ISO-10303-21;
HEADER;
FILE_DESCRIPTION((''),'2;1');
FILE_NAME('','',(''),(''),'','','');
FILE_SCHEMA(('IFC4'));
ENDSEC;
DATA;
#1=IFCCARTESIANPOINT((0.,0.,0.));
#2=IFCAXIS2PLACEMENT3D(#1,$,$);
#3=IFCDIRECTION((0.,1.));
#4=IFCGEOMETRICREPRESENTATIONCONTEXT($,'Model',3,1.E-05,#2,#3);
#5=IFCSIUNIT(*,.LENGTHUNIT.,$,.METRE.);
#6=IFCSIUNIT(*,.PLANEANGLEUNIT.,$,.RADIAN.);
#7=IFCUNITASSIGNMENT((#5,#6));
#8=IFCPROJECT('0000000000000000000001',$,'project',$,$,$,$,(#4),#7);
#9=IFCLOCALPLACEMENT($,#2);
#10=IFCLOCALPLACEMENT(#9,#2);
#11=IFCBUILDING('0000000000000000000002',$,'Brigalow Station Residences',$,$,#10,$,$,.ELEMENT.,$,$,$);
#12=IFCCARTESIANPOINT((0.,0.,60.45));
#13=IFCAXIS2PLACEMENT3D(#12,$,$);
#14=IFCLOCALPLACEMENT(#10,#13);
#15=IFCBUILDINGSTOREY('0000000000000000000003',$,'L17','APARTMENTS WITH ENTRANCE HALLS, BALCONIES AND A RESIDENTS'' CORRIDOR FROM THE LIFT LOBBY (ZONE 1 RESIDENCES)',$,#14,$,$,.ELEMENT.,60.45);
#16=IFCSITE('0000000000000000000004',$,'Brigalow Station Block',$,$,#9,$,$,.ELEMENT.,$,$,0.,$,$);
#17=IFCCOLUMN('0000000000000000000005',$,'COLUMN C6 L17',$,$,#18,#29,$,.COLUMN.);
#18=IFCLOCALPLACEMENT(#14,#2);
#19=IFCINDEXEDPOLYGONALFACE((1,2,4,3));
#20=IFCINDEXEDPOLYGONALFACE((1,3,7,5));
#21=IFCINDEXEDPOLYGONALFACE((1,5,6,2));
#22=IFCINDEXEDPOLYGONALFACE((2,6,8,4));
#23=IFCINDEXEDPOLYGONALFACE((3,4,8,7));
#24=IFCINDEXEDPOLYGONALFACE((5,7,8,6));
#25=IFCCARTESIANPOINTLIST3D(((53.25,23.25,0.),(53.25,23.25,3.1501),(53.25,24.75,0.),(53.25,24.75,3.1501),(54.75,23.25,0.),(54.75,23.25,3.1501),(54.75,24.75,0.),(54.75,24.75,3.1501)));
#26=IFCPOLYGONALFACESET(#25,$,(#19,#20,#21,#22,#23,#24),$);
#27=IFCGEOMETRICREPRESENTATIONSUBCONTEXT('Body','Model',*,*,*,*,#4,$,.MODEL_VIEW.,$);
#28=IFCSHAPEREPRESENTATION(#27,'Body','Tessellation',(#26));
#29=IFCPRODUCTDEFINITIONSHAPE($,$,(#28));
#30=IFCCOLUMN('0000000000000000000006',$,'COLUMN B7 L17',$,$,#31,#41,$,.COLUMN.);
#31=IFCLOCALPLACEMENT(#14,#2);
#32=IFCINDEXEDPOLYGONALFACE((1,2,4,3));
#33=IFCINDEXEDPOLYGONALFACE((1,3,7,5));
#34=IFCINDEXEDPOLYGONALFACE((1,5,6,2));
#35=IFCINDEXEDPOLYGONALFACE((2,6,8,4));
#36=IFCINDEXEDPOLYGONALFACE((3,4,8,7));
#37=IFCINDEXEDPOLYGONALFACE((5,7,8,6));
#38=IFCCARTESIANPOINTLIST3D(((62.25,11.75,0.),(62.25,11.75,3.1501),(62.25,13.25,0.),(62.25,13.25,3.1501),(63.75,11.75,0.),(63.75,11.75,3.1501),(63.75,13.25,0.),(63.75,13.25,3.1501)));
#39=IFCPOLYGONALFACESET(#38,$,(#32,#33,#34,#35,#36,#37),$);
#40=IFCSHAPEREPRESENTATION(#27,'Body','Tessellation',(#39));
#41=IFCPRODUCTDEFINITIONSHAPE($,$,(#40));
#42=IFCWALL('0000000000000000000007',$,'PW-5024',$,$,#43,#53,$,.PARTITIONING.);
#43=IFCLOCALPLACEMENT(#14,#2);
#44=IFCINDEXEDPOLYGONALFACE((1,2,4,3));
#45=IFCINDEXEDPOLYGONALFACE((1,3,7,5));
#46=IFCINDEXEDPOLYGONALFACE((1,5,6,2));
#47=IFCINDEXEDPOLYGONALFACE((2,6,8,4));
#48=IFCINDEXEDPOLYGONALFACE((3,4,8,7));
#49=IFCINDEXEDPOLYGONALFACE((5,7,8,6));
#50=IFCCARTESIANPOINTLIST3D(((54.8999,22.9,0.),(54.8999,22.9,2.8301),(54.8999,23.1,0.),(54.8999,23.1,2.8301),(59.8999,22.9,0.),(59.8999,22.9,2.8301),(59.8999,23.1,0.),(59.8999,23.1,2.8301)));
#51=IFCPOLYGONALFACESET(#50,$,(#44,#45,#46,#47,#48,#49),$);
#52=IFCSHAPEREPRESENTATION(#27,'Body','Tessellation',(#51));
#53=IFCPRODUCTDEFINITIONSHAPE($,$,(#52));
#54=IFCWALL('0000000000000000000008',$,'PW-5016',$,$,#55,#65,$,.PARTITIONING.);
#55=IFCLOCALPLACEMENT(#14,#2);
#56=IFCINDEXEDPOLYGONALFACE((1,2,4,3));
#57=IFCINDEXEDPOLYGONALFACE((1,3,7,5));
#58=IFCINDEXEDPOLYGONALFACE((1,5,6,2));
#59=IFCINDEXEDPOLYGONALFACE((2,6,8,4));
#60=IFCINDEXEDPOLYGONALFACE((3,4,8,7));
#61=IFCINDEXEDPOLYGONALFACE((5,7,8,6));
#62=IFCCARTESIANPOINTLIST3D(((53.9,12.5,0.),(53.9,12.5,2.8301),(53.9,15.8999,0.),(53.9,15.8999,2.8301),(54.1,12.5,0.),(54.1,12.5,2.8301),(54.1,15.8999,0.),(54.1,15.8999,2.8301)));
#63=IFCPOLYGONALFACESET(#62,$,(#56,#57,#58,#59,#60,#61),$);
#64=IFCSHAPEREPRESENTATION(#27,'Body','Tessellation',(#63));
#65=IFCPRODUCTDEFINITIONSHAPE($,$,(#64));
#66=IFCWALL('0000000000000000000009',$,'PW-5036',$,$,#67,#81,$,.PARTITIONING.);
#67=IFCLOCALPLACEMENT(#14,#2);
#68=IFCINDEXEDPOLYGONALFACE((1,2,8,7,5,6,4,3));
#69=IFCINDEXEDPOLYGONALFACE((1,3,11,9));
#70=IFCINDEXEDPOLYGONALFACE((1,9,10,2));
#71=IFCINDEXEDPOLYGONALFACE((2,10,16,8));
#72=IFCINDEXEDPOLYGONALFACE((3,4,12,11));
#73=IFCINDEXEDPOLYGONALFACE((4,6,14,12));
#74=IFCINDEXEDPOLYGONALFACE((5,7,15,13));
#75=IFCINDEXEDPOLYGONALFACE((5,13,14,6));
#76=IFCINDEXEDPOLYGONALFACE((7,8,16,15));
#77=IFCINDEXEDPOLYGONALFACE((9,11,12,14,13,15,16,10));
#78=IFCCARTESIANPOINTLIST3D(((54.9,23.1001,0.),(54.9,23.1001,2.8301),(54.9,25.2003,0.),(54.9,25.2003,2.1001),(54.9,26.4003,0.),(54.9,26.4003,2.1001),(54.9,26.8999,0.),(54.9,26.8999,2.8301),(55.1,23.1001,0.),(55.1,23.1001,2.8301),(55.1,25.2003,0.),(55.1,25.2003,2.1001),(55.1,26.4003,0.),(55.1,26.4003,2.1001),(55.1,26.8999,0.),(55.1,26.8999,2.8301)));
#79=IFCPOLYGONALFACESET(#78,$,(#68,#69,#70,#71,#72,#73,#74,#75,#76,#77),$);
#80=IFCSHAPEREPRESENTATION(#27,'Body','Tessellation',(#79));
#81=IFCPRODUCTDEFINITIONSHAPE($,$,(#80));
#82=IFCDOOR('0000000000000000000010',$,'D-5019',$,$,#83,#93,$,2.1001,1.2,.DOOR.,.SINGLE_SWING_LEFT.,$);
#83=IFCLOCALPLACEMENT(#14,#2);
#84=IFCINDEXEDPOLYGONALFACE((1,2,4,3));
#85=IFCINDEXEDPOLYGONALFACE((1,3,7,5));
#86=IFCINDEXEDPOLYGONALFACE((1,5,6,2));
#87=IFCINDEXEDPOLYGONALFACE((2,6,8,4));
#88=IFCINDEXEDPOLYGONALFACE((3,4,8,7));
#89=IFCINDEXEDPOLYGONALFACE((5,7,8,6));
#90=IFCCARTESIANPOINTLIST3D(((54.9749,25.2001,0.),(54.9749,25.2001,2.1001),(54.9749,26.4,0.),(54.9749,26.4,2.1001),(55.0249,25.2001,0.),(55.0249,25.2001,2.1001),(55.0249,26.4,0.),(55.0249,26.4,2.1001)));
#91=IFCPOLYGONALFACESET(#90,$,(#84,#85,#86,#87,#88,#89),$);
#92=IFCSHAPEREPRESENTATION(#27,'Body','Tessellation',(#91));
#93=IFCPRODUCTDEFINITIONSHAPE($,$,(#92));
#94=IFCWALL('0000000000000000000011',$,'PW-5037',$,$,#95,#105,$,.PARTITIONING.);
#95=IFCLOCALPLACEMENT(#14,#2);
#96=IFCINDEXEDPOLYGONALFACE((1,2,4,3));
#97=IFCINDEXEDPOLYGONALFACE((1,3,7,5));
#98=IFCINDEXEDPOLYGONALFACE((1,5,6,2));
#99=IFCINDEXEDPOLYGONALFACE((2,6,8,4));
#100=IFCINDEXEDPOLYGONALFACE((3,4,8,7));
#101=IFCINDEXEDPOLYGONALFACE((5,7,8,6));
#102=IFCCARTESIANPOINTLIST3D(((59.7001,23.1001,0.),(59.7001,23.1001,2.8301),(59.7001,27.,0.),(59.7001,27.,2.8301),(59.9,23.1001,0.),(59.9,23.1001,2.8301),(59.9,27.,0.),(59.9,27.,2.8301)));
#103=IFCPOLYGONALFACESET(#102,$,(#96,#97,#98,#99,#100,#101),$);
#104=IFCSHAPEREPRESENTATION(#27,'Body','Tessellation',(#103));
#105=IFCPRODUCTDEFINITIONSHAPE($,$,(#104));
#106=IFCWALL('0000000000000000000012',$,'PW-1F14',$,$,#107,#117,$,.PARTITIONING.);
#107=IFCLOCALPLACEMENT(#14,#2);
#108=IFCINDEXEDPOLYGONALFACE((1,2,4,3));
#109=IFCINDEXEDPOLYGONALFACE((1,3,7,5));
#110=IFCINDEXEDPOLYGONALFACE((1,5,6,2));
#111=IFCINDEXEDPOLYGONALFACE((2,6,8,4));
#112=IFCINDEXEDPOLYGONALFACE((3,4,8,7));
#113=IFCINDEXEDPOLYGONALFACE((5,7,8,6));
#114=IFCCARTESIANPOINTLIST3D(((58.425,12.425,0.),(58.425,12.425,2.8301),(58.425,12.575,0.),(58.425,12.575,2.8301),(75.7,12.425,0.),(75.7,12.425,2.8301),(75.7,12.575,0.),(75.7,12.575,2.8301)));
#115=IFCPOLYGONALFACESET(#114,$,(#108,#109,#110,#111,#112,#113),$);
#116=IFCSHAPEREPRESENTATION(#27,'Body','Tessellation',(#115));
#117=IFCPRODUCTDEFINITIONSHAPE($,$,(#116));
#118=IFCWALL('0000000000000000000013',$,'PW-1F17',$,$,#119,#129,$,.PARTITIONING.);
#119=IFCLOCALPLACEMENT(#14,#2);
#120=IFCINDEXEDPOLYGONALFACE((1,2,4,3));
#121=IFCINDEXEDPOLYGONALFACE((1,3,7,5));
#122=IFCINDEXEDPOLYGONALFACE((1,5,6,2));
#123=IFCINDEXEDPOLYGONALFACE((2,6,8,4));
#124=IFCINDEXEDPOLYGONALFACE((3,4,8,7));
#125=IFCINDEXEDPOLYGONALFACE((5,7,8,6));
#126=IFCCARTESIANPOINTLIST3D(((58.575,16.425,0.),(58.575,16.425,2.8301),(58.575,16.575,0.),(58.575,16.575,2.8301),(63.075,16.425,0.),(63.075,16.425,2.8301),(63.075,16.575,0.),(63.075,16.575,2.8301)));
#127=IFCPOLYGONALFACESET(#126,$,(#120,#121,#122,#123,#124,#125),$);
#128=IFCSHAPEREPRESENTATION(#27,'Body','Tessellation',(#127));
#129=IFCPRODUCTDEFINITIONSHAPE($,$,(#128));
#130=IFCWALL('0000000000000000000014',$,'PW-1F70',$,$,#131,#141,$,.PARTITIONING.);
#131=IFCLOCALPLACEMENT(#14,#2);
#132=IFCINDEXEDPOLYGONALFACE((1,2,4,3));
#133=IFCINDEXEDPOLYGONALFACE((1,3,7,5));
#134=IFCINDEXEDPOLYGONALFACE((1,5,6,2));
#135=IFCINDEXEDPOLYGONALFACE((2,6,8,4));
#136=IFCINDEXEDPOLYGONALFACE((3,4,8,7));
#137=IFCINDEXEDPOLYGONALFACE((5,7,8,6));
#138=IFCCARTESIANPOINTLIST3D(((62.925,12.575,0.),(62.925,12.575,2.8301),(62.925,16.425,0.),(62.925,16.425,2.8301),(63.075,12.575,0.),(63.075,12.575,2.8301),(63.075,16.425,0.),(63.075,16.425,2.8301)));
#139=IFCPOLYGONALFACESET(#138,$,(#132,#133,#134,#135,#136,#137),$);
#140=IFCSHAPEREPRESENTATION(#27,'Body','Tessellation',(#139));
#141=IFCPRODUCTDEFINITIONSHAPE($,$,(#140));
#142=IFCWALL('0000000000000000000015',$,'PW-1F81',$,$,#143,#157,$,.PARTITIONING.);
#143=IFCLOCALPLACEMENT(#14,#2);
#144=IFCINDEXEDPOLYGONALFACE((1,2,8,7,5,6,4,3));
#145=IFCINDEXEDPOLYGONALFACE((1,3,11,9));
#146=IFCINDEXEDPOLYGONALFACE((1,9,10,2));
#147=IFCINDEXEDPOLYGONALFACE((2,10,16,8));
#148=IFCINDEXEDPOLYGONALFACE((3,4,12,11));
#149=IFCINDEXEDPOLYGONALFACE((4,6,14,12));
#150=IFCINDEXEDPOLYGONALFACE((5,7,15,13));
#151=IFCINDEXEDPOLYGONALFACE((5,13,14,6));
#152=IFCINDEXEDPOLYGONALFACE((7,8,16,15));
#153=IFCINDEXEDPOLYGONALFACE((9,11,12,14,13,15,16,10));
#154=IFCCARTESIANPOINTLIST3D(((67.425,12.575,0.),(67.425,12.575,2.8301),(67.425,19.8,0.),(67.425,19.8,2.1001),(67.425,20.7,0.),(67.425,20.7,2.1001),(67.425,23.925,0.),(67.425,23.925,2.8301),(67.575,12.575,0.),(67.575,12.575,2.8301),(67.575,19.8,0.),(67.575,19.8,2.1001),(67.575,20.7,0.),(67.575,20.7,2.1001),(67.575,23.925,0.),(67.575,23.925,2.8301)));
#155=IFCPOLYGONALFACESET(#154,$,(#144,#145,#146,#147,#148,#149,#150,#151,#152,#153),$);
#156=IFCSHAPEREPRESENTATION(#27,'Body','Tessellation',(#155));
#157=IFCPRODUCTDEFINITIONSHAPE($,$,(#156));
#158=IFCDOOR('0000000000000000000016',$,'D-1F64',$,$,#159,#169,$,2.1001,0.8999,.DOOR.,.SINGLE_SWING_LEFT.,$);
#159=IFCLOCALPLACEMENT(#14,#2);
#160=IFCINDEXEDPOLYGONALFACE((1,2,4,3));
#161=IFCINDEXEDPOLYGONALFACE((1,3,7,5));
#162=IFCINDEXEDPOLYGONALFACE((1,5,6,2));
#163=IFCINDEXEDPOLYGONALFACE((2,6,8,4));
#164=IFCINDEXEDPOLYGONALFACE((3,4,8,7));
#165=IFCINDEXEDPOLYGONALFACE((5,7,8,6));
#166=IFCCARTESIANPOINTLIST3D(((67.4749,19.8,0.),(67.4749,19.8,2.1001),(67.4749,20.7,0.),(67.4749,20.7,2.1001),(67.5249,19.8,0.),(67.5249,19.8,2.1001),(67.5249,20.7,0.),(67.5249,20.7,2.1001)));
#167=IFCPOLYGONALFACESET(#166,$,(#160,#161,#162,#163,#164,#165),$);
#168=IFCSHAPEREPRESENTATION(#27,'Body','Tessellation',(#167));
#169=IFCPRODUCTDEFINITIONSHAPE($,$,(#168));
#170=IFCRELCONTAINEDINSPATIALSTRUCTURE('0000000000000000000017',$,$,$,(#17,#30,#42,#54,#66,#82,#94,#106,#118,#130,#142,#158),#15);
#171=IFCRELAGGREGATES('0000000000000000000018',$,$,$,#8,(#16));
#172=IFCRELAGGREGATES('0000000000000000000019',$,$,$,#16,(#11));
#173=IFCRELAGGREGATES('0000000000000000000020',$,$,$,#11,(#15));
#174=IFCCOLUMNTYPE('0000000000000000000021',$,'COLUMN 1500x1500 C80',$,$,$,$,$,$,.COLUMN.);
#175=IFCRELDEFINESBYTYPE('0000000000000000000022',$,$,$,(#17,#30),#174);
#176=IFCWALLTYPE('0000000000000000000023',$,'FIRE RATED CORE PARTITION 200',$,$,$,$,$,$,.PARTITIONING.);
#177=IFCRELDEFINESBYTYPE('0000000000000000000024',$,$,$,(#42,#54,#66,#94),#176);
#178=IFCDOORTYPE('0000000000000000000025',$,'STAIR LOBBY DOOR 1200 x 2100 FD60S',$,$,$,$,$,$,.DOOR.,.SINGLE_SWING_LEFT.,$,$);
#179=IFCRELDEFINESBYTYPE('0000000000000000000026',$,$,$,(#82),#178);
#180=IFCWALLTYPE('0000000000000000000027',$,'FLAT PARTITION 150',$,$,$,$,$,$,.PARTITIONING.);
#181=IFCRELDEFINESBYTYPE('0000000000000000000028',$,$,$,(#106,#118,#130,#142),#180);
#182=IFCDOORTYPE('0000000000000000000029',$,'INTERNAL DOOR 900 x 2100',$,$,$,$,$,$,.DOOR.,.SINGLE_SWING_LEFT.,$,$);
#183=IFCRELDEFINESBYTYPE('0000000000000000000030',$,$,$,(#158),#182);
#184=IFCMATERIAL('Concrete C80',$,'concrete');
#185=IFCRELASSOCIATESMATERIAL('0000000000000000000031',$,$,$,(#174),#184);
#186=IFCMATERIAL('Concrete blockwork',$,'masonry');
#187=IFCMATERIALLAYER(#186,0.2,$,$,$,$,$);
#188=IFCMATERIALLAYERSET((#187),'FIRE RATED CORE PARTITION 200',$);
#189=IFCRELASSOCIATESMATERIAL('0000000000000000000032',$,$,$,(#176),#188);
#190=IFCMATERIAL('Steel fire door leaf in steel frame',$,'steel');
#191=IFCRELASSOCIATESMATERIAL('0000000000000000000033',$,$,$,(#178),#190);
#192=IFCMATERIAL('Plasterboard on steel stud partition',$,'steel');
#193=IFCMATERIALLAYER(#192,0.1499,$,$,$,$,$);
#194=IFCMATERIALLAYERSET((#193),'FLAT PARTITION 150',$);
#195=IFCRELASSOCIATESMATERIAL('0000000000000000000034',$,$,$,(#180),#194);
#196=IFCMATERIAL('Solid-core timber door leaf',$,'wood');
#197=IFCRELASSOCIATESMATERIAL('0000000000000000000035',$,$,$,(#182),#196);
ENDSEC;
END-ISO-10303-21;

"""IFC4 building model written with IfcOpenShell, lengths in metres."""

from ifc_helpers import new_model, si_unit, direction, frame, frame_2d, origin, origin_2d, place, context, subcontext, project, spatial, rectangle, extrude, material, layer, layer_set, material_profile, profile_set, type_object, element, fill, save


model = new_model("IFC4")

# Units and contexts
model_context = context("Model", 3, precision=1e-05, world=origin(), true_north=direction((0.0, 1.0)))
body_context = subcontext(model_context, "Body", "Model", "MODEL_VIEW")
ifc_project = project(units=[si_unit("LENGTHUNIT", "METRE"), si_unit("PLANEANGLEUNIT", "RADIAN")], contexts=[model_context])

# Site, building, storey
site_placement = place(None, origin())
site = spatial("IfcSite", under=ifc_project, at=site_placement, Name="Brigalow Station Block", CompositionType="ELEMENT", RefElevation=0.0)
building_placement = place(site_placement, origin())
building = spatial("IfcBuilding", under=site, at=building_placement, Name="Brigalow Station Residences", CompositionType="ELEMENT")
storey_placement = place(building_placement, frame((0.0, 0.0, 60.45)))
storey = spatial("IfcBuildingStorey", under=building, at=storey_placement, Name="L17", Description="APARTMENTS WITH ENTRANCE HALLS, BALCONIES AND A RESIDENTS' CORRIDOR FROM THE LIFT LOBBY (ZONE 1 RESIDENCES)", CompositionType="ELEMENT", Elevation=60.45)

# Columns
ifc_material_1 = material(Name="Concrete C80", Category="concrete")
ifc_material_profile = material_profile(ifc_material_1, rectangle(XDim=1.5, YDim=1.5, at=origin_2d()), Name="RC1500x1500")
ifc_profile_set = profile_set([ifc_material_profile], Name="Concrete C80")
column_type = type_object("IfcColumnType", Name="COLUMN 1500x1500 C80", PredefinedType="COLUMN", material=ifc_profile_set)
for number, where, z_axis, x_axis, name in (
    (1, (54.0, 24.0, 0.0), (0.0, 0.0, 1.0), (1.0, 0.0, 0.0), "COLUMN C6 L17"),
    (2, (63.0, 12.5, 0.0), (0.0, 0.0, 1.0), (1.0, 0.0, 0.0), "COLUMN B7 L17"),
):
    element("IfcColumn", number, at=place(storey_placement, frame(where, z_axis=z_axis, x_axis=x_axis)), inside=storey, type_object=column_type, Name=name, PredefinedType="COLUMN", context=body_context, shape_type="SweptSolid", body=[
        extrude(rectangle(XDim=1.5, YDim=1.5, at=origin_2d()), origin(), (0.0, 0.0, 1.0), 3.1501),
    ])

# Walls
ifc_material_2 = material(Name="Concrete blockwork", Category="masonry")
ifc_layer_1 = layer(ifc_material_2, 0.2)
ifc_layer_set_1 = layer_set([ifc_layer_1], Name="FIRE RATED CORE PARTITION 200")
wall_type_1 = type_object("IfcWallType", Name="FIRE RATED CORE PARTITION 200", PredefinedType="PARTITIONING", material=ifc_layer_set_1)
wall_1_placement = place(storey_placement, frame((54.8999, 23.0, 0.0), z_axis=(0.0, 0.0, 1.0), x_axis=(1.0, 0.0, 0.0)))
element("IfcWall", 3, at=wall_1_placement, inside=storey, type_object=wall_type_1, Name="PW-5024", PredefinedType="PARTITIONING", context=body_context, shape_type="SweptSolid", body=[
    extrude(rectangle(XDim=5.0, YDim=0.2, at=frame_2d((2.5, 0.0))), origin(), (0.0, 0.0, 1.0), 2.8301),
])
wall_2_placement = place(storey_placement, frame((54.0, 12.5, 0.0), z_axis=(0.0, 0.0, 1.0), x_axis=(0.0, 1.0, 0.0)))
element("IfcWall", 4, at=wall_2_placement, inside=storey, type_object=wall_type_1, Name="PW-5016", PredefinedType="PARTITIONING", context=body_context, shape_type="SweptSolid", body=[
    extrude(rectangle(XDim=3.3999, YDim=0.2, at=frame_2d((1.7, 0.0))), origin(), (0.0, 0.0, 1.0), 2.8301),
])

# Wall, opening, door
wall_3_placement = place(storey_placement, frame((55.0, 23.1001, 0.0), z_axis=(0.0, 0.0, 1.0), x_axis=(0.0, 1.0, 0.0)))
wall_3 = element("IfcWall", 5, at=wall_3_placement, inside=storey, type_object=wall_type_1, Name="PW-5036", PredefinedType="PARTITIONING", context=body_context, shape_type="SweptSolid", body=[
    extrude(rectangle(XDim=3.7998, YDim=0.2, at=frame_2d((1.8999, 0.0))), origin(), (0.0, 0.0, 1.0), 2.8301),
])
opening_1_placement = place(wall_3_placement, frame((2.1001, 0.0, 0.0)))
opening_1 = element("IfcOpeningElement", 6, at=opening_1_placement, cuts=wall_3, PredefinedType="OPENING", context=body_context, shape_type="SweptSolid", body=[
    extrude(rectangle(XDim=1.2, YDim=2.1001, at=frame_2d((0.6001, 1.05))), frame((0.0, 0.1099, 0.0), z_axis=(0.0, -1.0, 0.0), x_axis=(1.0, 0.0, 0.0)), (0.0, 0.0, 1.0), 0.22),
])
ifc_material_3 = material(Name="Steel fire door leaf in steel frame", Category="steel")
door_type_1 = type_object("IfcDoorType", Name="STAIR LOBBY DOOR 1200 x 2100 FD60S", OperationType="SINGLE_SWING_LEFT", PredefinedType="DOOR", material=ifc_material_3)
door_1_placement = place(opening_1_placement, frame((1.2, 0.0, 0.0), z_axis=(0.0, 0.0, 1.0), x_axis=(-1.0, 0.0, 0.0)))
door_1 = element("IfcDoor", 7, at=door_1_placement, inside=storey, type_object=door_type_1, Name="D-5019", OperationType="SINGLE_SWING_LEFT", OverallHeight=2.1001, OverallWidth=1.2, PredefinedType="DOOR", context=body_context, shape_type="SweptSolid", body=[
    extrude(rectangle(XDim=1.2, YDim=2.1001, at=frame_2d((0.6001, 1.05))), frame((0.0, 0.0249, 0.0), z_axis=(0.0, -1.0, 0.0), x_axis=(1.0, 0.0, 0.0)), (0.0, 0.0, 1.0), 0.05),
])
fill(opening_1, door_1)

# Walls
wall_4_placement = place(storey_placement, frame((59.8, 23.1001, 0.0), z_axis=(0.0, 0.0, 1.0), x_axis=(0.0, 1.0, 0.0)))
element("IfcWall", 8, at=wall_4_placement, inside=storey, type_object=wall_type_1, Name="PW-5037", PredefinedType="PARTITIONING", context=body_context, shape_type="SweptSolid", body=[
    extrude(rectangle(XDim=3.8999, YDim=0.2, at=frame_2d((1.95, 0.0))), origin(), (0.0, 0.0, 1.0), 2.8301),
])
ifc_material_4 = material(Name="Plasterboard on steel stud partition", Category="steel")
ifc_layer_2 = layer(ifc_material_4, 0.1499)
ifc_layer_set_2 = layer_set([ifc_layer_2], Name="FLAT PARTITION 150")
wall_type_2 = type_object("IfcWallType", Name="FLAT PARTITION 150", PredefinedType="PARTITIONING", material=ifc_layer_set_2)
wall_5_placement = place(storey_placement, frame((58.425, 12.5, 0.0), z_axis=(0.0, 0.0, 1.0), x_axis=(1.0, 0.0, 0.0)))
element("IfcWall", 9, at=wall_5_placement, inside=storey, type_object=wall_type_2, Name="PW-1F14", PredefinedType="PARTITIONING", context=body_context, shape_type="SweptSolid", body=[
    extrude(rectangle(XDim=17.2749, YDim=0.1499, at=frame_2d((8.6375, 0.0))), origin(), (0.0, 0.0, 1.0), 2.8301),
])
wall_6_placement = place(storey_placement, frame((58.575, 16.5, 0.0), z_axis=(0.0, 0.0, 1.0), x_axis=(1.0, 0.0, 0.0)))
element("IfcWall", 10, at=wall_6_placement, inside=storey, type_object=wall_type_2, Name="PW-1F17", PredefinedType="PARTITIONING", context=body_context, shape_type="SweptSolid", body=[
    extrude(rectangle(XDim=4.5, YDim=0.1499, at=frame_2d((2.25, 0.0))), origin(), (0.0, 0.0, 1.0), 2.8301),
])
wall_7_placement = place(storey_placement, frame((63.0, 12.575, 0.0), z_axis=(0.0, 0.0, 1.0), x_axis=(0.0, 1.0, 0.0)))
element("IfcWall", 11, at=wall_7_placement, inside=storey, type_object=wall_type_2, Name="PW-1F70", PredefinedType="PARTITIONING", context=body_context, shape_type="SweptSolid", body=[
    extrude(rectangle(XDim=3.8501, YDim=0.1499, at=frame_2d((1.925, 0.0))), origin(), (0.0, 0.0, 1.0), 2.8301),
])

# Wall, opening, door
wall_8_placement = place(storey_placement, frame((67.5, 12.575, 0.0), z_axis=(0.0, 0.0, 1.0), x_axis=(0.0, 1.0, 0.0)))
wall_8 = element("IfcWall", 12, at=wall_8_placement, inside=storey, type_object=wall_type_2, Name="PW-1F81", PredefinedType="PARTITIONING", context=body_context, shape_type="SweptSolid", body=[
    extrude(rectangle(XDim=11.3501, YDim=0.1499, at=frame_2d((5.675, 0.0))), origin(), (0.0, 0.0, 1.0), 2.8301),
])
opening_2_placement = place(wall_8_placement, frame((7.2251, 0.0, 0.0)))
opening_2 = element("IfcOpeningElement", 13, at=opening_2_placement, cuts=wall_8, PredefinedType="OPENING", context=body_context, shape_type="SweptSolid", body=[
    extrude(rectangle(XDim=0.8999, YDim=2.1001, at=frame_2d((0.45, 1.05))), frame((0.0, 0.085, 0.0), z_axis=(0.0, -1.0, 0.0), x_axis=(1.0, 0.0, 0.0)), (0.0, 0.0, 1.0), 0.1699),
])
ifc_material_5 = material(Name="Solid-core timber door leaf", Category="wood")
door_type_2 = type_object("IfcDoorType", Name="INTERNAL DOOR 900 x 2100", OperationType="SINGLE_SWING_LEFT", PredefinedType="DOOR", material=ifc_material_5)
door_2_placement = place(opening_2_placement, frame((0.8999, 0.0, 0.0), z_axis=(0.0, 0.0, 1.0), x_axis=(-1.0, 0.0, 0.0)))
door_2 = element("IfcDoor", 14, at=door_2_placement, inside=storey, type_object=door_type_2, Name="D-1F64", OperationType="SINGLE_SWING_LEFT", OverallHeight=2.1001, OverallWidth=0.8999, PredefinedType="DOOR", context=body_context, shape_type="SweptSolid", body=[
    extrude(rectangle(XDim=0.8999, YDim=2.1001, at=frame_2d((0.45, 1.05))), frame((0.0, 0.0249, 0.0), z_axis=(0.0, -1.0, 0.0), x_axis=(1.0, 0.0, 0.0)), (0.0, 0.0, 1.0), 0.05),
])
fill(opening_2, door_2)

save(model, "model.ifc")
